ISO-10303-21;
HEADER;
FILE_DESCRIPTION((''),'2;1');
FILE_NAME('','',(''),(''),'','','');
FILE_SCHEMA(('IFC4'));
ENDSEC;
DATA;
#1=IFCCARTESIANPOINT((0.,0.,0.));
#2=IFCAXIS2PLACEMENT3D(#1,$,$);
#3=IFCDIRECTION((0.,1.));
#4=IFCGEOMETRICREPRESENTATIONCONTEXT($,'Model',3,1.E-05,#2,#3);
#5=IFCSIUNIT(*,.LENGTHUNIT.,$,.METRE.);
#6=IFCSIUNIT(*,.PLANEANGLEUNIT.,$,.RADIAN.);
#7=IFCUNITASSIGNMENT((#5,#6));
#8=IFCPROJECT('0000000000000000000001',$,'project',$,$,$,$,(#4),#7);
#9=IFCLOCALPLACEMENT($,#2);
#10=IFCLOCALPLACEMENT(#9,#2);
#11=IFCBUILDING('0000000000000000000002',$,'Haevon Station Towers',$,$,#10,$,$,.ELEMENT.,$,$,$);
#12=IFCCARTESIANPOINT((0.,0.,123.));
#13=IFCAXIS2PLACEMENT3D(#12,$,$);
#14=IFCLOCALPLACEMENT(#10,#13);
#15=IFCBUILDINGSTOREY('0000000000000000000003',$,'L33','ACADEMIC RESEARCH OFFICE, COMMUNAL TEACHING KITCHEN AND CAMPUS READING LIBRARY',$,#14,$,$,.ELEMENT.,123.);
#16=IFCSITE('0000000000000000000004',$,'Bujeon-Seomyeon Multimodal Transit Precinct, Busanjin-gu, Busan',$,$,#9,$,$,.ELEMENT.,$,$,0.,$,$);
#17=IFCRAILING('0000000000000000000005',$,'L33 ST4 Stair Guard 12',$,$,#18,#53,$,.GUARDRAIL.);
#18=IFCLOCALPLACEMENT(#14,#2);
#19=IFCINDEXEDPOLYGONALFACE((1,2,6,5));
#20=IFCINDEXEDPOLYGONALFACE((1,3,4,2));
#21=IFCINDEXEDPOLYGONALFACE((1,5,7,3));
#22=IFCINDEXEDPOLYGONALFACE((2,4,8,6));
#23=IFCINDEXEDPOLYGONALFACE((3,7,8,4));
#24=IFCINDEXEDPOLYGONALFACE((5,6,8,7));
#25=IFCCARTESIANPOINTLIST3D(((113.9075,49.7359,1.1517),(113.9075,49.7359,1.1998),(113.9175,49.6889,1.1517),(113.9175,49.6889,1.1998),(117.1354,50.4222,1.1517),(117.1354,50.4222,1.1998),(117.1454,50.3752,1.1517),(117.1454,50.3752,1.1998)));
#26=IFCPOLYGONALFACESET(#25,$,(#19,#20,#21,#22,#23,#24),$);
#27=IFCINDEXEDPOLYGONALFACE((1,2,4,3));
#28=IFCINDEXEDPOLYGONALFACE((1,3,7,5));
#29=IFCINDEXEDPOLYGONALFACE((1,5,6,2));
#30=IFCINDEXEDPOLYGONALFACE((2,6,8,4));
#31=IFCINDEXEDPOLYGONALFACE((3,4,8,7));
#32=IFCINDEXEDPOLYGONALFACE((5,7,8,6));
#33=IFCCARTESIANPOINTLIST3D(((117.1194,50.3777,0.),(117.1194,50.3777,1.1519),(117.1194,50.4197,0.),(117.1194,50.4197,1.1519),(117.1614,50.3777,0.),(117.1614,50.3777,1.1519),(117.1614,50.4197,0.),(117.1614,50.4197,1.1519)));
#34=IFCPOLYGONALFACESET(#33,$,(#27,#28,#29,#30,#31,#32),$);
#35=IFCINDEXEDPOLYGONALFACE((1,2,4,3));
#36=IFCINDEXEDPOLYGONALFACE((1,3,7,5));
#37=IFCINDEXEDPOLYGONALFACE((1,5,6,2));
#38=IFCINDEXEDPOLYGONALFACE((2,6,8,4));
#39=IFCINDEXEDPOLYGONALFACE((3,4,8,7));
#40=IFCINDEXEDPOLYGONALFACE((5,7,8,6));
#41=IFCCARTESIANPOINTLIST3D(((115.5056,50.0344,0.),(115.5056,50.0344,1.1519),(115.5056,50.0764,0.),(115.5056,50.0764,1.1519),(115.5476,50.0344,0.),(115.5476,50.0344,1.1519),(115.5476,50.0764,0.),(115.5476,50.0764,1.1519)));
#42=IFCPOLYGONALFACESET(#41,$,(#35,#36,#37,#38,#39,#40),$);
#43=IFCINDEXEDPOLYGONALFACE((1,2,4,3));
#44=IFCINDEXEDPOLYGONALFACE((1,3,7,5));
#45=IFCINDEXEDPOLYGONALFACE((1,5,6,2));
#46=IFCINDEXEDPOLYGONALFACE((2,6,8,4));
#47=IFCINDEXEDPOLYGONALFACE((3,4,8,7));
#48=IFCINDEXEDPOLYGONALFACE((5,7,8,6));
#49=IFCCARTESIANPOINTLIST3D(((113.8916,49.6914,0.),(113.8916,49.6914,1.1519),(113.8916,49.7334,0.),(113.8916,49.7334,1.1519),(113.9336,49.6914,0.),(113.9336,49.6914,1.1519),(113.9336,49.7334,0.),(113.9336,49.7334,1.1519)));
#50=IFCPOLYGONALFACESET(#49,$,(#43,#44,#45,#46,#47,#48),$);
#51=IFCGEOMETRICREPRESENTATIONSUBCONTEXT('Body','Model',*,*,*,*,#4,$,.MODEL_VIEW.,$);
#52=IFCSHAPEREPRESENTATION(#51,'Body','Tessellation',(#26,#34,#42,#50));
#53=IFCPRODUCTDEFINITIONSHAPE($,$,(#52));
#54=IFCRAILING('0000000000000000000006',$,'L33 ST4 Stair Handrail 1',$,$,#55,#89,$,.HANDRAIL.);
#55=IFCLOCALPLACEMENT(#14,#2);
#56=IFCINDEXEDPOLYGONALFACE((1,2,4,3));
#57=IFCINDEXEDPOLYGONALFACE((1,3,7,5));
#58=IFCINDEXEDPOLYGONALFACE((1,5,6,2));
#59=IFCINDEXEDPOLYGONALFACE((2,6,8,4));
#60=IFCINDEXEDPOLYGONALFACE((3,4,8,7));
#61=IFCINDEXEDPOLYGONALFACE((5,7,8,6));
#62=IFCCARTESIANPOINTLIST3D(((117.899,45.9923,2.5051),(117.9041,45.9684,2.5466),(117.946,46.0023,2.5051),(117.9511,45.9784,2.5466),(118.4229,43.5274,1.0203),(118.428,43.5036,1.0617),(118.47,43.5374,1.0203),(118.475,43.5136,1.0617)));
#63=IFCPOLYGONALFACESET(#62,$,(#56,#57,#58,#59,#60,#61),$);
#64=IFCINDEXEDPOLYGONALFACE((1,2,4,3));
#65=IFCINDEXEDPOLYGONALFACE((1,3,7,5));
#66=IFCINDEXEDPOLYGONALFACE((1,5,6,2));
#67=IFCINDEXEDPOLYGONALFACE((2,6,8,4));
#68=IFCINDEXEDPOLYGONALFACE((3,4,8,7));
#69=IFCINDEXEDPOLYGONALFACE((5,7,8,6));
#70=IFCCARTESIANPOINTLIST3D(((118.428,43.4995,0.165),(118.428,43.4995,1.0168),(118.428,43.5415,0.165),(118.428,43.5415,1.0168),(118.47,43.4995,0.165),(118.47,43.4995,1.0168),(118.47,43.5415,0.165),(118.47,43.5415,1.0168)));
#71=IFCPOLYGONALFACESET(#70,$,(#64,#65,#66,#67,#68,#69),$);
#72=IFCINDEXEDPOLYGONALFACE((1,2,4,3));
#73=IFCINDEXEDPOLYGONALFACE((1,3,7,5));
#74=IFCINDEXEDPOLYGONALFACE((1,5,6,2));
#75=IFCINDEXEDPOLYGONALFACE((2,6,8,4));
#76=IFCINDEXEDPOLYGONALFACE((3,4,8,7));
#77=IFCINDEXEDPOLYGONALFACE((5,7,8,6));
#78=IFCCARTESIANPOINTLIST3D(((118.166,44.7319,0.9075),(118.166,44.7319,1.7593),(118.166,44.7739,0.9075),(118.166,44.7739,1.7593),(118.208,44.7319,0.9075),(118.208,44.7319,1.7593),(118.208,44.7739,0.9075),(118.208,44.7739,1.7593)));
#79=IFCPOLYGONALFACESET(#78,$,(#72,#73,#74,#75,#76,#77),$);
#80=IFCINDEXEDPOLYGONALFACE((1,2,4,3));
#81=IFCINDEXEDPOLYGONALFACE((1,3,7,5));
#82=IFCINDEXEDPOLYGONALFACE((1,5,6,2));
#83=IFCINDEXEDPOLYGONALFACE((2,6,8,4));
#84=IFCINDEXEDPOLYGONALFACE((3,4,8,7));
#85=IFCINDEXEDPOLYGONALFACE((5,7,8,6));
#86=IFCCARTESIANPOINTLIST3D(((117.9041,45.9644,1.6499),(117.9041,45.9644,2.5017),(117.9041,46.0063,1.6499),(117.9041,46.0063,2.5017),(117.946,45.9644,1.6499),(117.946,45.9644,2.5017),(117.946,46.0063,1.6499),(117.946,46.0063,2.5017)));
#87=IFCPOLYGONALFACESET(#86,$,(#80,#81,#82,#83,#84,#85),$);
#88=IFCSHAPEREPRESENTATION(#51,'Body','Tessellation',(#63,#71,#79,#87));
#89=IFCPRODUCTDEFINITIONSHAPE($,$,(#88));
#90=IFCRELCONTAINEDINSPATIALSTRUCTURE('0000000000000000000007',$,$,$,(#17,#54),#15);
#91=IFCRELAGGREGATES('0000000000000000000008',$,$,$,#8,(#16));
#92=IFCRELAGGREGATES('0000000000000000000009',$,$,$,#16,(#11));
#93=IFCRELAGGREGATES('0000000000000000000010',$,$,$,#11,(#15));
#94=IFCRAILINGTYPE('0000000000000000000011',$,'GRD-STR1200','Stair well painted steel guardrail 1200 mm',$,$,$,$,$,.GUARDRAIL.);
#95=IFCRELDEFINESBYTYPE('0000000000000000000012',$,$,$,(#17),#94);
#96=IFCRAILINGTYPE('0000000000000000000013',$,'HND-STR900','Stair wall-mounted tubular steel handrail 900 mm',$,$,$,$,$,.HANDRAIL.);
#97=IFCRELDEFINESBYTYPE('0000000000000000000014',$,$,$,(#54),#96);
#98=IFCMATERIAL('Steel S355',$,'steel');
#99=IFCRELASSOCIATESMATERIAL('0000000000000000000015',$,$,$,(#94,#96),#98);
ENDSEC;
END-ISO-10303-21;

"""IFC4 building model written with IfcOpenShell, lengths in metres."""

from ifc_helpers import new_model, si_unit, direction, frame, origin, origin_2d, place, context, subcontext, project, spatial, rectangle, extrude, material, type_object, element, save


model = new_model("IFC4")

# Units and contexts
model_context = context("Model", 3, precision=1e-05, world=origin(), true_north=direction((0.0, 1.0)))
body_context = subcontext(model_context, "Body", "Model", "MODEL_VIEW")
ifc_project = project(units=[si_unit("LENGTHUNIT", "METRE"), si_unit("PLANEANGLEUNIT", "RADIAN")], contexts=[model_context])

# Site, building, storey
site_placement = place(None, origin())
site = spatial("IfcSite", under=ifc_project, at=site_placement, Name="Bujeon-Seomyeon Multimodal Transit Precinct, Busanjin-gu, Busan", CompositionType="ELEMENT", RefElevation=0.0)
building_placement = place(site_placement, origin())
building = spatial("IfcBuilding", under=site, at=building_placement, Name="Haevon Station Towers", CompositionType="ELEMENT")
storey_placement = place(building_placement, frame((0.0, 0.0, 123.0)))
storey = spatial("IfcBuildingStorey", under=building, at=storey_placement, Name="L33", Description="ACADEMIC RESEARCH OFFICE, COMMUNAL TEACHING KITCHEN AND CAMPUS READING LIBRARY", CompositionType="ELEMENT", Elevation=123.0)

# Shared definitions
ifc_material_1 = material(Name="Steel S355", Category="steel")

# Railings
railing_type_1 = type_object("IfcRailingType", Name="GRD-STR1200", Description="Stair well painted steel guardrail 1200 mm", PredefinedType="GUARDRAIL", material=ifc_material_1)
railing_1_placement = place(storey_placement, frame((117.1404, 50.3987, 0.0)))
element("IfcRailing", 1, at=railing_1_placement, inside=storey, type_object=railing_type_1, Name="L33 ST4 Stair Guard 12", PredefinedType="GUARDRAIL", context=body_context, shape_type="SweptSolid", body=[
    extrude(rectangle(XDim=0.0481, YDim=0.0481, at=origin_2d()), frame((0.0, 0.0, 1.1758), z_axis=(-0.978136, -0.207968, 0.0), x_axis=(0.207968, -0.978136, 0.0)), (0.0, 0.0, 1.0), 3.3),
    extrude(rectangle(XDim=0.042, YDim=0.042, at=origin_2d()), origin(), (0.0, 0.0, 1.0), 1.1519),
    extrude(rectangle(XDim=0.042, YDim=0.042, at=origin_2d()), frame((-1.6138, -0.3433, 0.0)), (0.0, 0.0, 1.0), 1.1519),
    extrude(rectangle(XDim=0.042, YDim=0.042, at=origin_2d()), frame((-3.2278, -0.6863, 0.0)), (0.0, 0.0, 1.0), 1.1519),
])
railing_type_2 = type_object("IfcRailingType", Name="HND-STR900", Description="Stair wall-mounted tubular steel handrail 900 mm", PredefinedType="HANDRAIL", material=ifc_material_1)
railing_2_placement = place(storey_placement, frame((118.449, 43.5205, 0.165)))
element("IfcRailing", 2, at=railing_2_placement, inside=storey, type_object=railing_type_2, Name="L33 ST4 Stair Handrail 1", PredefinedType="HANDRAIL", context=body_context, shape_type="SweptSolid", body=[
    extrude(rectangle(XDim=0.0481, YDim=0.0481, at=origin_2d()), frame((0.0, 0.0, 0.876), z_axis=(-0.179129, 0.842724, 0.507671), x_axis=(-0.978147, -0.207914, 0.0)), (0.0, 0.0, 1.0), 2.9248),
    extrude(rectangle(XDim=0.042, YDim=0.042, at=origin_2d()), origin(), (0.0, 0.0, 1.0), 0.8518),
    extrude(rectangle(XDim=0.042, YDim=0.042, at=origin_2d()), frame((-0.262, 1.2324, 0.7424)), (0.0, 0.0, 1.0), 0.8518),
    extrude(rectangle(XDim=0.042, YDim=0.042, at=origin_2d()), frame((-0.5239, 2.4648, 1.4849)), (0.0, 0.0, 1.0), 0.8518),
])

save(model, "model.ifc")
